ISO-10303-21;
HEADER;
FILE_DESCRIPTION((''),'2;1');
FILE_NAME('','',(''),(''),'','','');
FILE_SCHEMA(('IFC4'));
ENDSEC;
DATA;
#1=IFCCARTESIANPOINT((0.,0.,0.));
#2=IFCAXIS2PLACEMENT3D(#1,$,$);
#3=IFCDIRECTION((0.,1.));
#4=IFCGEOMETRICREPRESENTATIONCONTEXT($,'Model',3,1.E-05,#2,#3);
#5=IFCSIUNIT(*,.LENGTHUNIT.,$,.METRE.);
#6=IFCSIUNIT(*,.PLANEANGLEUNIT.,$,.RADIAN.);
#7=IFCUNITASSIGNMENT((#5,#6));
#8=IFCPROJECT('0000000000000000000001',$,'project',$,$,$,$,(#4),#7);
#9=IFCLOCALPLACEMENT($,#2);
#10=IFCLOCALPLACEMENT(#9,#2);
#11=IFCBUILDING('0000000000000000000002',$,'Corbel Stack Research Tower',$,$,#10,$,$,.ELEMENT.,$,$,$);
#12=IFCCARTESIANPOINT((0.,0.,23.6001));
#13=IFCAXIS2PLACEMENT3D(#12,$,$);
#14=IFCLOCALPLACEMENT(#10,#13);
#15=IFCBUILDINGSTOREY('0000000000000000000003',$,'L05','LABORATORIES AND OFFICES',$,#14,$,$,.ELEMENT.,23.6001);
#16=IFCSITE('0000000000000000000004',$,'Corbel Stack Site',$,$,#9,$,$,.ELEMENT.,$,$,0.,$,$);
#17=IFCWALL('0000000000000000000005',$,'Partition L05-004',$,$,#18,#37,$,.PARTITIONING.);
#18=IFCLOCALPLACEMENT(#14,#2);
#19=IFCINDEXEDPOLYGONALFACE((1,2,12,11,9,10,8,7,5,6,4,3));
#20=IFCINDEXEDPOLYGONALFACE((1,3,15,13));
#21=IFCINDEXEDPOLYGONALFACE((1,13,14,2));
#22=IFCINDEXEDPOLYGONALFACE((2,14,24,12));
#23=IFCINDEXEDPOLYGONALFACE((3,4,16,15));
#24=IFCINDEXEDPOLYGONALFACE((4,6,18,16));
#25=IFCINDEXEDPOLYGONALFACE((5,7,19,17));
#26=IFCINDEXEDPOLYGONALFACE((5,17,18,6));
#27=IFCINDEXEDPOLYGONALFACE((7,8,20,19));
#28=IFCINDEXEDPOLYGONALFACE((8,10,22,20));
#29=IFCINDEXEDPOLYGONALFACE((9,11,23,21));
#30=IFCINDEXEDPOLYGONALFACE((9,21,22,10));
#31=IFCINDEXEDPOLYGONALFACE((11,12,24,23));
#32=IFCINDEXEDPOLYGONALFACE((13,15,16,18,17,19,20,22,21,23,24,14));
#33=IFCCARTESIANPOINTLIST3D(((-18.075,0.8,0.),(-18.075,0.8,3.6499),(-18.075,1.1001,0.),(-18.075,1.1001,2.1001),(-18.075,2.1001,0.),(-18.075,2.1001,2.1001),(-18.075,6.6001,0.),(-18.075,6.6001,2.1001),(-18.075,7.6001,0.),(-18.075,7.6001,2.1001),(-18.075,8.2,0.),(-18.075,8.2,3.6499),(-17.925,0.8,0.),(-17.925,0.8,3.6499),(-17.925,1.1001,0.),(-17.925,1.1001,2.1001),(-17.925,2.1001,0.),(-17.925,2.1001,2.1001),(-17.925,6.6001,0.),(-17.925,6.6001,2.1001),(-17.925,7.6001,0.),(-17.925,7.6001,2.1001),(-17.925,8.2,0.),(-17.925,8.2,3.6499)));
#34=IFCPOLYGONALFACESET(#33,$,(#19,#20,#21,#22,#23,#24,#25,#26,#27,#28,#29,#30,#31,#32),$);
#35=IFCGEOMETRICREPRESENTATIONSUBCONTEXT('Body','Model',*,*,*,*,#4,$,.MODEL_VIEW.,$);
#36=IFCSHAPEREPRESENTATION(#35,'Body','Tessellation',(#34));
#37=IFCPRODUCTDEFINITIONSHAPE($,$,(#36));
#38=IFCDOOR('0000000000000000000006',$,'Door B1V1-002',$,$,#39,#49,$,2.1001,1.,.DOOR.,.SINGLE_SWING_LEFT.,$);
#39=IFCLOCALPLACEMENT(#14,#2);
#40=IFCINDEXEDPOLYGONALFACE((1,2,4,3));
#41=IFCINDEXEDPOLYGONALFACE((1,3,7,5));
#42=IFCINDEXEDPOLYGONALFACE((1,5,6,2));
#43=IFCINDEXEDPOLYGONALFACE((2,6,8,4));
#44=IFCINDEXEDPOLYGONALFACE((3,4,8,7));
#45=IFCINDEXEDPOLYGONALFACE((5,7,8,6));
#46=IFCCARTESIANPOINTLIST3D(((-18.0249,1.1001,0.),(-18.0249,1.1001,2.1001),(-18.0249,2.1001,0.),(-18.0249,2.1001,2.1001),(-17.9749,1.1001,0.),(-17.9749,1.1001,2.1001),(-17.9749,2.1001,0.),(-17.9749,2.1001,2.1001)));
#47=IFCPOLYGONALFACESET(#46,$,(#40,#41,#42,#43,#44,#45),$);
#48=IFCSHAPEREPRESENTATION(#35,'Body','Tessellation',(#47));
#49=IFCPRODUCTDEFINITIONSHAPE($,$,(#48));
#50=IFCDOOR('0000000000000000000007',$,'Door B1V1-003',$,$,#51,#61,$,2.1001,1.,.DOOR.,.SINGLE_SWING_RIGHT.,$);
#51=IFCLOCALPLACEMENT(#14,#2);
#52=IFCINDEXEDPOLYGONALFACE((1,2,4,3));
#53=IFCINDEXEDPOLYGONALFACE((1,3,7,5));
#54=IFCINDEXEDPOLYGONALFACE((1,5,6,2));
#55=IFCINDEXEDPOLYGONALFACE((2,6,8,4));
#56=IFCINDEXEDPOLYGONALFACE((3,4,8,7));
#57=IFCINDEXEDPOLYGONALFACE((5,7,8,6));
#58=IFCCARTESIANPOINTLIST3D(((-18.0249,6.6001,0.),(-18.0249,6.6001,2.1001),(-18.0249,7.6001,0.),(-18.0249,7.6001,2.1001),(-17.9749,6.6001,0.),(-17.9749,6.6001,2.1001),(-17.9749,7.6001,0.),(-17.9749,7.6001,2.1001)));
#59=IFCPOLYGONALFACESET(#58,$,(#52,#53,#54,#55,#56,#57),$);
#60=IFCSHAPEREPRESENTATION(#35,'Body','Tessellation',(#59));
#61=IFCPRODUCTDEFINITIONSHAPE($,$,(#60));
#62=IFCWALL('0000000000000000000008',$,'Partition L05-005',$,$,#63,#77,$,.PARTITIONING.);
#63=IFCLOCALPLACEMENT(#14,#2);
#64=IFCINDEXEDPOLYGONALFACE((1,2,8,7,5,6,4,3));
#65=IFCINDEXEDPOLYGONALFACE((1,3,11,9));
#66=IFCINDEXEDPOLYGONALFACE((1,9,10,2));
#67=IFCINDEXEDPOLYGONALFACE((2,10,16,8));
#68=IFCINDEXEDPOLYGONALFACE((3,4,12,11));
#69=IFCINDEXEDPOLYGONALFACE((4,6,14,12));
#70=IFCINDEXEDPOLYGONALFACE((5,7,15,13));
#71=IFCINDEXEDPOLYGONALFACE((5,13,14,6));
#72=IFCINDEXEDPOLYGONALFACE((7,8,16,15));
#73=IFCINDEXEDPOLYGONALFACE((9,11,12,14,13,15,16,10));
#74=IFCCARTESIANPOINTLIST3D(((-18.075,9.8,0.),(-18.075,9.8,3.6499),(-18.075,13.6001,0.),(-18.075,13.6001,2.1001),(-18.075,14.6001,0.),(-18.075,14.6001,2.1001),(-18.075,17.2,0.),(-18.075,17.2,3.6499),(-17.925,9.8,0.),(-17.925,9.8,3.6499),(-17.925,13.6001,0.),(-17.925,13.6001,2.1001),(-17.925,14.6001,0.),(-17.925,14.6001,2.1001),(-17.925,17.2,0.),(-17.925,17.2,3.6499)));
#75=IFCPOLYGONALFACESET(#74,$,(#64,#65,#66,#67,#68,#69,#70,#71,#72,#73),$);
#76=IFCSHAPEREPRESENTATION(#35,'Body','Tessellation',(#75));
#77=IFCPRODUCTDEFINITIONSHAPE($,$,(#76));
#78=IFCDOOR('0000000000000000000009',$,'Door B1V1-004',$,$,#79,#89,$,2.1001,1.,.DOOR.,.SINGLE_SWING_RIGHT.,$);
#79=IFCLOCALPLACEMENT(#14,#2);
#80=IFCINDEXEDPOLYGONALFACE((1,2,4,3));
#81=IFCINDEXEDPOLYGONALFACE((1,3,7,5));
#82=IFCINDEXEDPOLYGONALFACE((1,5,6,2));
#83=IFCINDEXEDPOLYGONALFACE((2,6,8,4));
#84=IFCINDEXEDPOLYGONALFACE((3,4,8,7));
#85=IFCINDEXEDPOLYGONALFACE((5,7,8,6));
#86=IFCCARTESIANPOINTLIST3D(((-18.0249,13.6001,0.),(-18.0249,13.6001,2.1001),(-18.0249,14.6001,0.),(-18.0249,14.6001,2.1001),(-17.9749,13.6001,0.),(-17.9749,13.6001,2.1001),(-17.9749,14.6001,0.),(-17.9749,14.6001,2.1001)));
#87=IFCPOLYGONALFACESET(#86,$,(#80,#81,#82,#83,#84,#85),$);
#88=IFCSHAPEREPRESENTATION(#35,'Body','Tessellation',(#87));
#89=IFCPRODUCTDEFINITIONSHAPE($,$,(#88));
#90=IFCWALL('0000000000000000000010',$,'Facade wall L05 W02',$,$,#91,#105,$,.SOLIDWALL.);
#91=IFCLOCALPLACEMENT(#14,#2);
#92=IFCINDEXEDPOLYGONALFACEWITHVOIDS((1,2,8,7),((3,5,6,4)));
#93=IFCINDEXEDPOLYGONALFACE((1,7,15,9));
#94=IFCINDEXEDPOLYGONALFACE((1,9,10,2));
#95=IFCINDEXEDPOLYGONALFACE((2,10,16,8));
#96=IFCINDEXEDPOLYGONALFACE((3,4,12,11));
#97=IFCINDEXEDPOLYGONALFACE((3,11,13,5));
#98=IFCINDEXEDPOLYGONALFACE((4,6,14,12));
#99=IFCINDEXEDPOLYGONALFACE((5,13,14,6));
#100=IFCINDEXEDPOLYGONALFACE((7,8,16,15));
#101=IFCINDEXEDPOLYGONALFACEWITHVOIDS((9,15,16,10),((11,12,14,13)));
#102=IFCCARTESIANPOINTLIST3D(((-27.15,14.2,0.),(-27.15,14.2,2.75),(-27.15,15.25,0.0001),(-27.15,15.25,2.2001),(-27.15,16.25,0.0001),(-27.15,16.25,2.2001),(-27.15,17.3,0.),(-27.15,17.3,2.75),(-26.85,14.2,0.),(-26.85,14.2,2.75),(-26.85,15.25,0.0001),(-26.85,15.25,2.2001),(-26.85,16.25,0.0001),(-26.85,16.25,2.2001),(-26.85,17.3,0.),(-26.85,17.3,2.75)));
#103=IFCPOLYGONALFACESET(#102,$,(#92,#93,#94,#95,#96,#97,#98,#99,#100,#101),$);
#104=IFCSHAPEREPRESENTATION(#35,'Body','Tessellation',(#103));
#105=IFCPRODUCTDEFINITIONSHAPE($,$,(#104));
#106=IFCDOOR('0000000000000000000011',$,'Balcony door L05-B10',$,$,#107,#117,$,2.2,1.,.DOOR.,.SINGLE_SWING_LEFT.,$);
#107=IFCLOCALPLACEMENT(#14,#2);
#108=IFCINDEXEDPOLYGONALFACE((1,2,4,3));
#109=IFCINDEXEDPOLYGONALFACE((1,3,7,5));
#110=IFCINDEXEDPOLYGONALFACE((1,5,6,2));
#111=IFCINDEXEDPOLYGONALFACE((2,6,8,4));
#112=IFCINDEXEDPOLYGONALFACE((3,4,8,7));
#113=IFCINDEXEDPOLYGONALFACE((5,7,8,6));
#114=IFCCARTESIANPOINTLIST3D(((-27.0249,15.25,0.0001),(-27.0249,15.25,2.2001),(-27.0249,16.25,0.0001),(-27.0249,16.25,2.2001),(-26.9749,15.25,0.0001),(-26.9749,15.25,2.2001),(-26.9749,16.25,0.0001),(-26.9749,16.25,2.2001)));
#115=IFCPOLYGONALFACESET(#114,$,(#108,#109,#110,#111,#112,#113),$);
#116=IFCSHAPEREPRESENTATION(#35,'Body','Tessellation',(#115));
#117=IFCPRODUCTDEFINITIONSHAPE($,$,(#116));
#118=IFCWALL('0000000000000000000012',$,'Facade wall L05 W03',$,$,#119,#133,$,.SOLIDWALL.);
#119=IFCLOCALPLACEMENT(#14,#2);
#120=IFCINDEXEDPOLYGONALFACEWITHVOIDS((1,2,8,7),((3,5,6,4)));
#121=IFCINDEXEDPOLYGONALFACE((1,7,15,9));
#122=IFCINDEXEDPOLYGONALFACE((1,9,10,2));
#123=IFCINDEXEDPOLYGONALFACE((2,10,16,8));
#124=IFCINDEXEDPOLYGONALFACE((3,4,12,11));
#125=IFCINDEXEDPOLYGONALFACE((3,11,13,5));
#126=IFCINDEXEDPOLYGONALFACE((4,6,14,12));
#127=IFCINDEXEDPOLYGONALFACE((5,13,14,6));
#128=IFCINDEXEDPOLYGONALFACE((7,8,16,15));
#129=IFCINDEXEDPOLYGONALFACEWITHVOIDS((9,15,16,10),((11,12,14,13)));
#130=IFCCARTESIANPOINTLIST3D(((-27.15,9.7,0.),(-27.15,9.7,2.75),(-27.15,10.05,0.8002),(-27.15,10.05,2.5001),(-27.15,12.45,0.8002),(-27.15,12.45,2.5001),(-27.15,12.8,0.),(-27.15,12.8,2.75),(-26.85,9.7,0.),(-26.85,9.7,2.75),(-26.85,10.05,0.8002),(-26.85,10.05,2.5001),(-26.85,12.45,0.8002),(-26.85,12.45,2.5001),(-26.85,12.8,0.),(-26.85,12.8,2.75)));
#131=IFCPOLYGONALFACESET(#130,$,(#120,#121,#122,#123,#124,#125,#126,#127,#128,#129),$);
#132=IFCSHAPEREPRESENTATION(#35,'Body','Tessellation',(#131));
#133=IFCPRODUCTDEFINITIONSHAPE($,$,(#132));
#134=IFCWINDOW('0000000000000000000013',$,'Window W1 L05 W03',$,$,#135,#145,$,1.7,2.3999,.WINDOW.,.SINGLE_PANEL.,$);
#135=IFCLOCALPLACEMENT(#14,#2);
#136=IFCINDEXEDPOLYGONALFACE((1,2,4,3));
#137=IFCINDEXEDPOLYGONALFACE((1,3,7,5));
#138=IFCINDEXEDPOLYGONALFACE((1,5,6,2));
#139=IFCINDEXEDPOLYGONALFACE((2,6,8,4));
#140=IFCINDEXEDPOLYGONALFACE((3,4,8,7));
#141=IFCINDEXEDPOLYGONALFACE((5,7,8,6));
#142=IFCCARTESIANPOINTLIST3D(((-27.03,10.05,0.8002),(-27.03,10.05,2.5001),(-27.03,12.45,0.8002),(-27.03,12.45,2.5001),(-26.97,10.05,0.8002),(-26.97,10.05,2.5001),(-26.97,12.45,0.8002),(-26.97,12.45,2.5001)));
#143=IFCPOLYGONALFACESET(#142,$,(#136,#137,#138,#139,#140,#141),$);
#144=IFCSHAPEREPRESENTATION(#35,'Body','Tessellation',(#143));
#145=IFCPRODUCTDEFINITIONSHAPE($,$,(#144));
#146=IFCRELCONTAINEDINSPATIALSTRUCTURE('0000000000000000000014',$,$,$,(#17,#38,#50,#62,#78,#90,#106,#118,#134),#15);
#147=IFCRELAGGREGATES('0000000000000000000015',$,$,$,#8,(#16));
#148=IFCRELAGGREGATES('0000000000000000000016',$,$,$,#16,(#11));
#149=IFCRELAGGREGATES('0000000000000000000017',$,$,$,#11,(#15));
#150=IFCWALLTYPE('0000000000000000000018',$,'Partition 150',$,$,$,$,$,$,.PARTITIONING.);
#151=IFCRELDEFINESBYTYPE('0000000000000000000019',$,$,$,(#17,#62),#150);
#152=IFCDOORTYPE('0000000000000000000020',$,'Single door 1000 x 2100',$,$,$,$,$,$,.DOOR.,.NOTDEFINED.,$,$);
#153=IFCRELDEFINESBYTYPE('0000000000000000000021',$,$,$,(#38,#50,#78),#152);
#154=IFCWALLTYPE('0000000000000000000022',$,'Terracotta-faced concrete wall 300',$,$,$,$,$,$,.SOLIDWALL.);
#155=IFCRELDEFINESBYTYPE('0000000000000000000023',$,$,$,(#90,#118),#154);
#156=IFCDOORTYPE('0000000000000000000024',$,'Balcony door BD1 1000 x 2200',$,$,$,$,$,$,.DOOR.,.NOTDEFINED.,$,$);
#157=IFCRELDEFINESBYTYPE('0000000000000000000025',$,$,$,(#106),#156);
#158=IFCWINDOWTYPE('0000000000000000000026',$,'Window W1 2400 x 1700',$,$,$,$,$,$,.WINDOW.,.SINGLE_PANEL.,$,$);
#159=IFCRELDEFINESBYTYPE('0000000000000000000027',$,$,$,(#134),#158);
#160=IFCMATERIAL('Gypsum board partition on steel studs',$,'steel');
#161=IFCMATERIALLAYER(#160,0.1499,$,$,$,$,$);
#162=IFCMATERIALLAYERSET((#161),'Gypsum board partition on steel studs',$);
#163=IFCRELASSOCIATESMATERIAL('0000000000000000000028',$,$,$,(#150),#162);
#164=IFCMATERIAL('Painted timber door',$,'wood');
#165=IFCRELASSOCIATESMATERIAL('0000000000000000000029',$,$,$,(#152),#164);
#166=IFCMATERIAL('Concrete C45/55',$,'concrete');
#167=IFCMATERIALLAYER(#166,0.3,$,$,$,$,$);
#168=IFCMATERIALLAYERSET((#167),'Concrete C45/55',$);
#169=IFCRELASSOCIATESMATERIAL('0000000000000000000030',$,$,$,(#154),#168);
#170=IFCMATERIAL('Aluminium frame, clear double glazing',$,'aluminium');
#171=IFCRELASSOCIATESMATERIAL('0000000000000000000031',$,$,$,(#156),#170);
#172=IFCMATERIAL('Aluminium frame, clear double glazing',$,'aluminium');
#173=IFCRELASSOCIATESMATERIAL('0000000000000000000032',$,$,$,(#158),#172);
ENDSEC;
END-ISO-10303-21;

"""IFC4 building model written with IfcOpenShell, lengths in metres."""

from ifc_helpers import new_model, si_unit, direction, frame, frame_2d, origin, place, context, subcontext, project, spatial, rectangle, extrude, material, layer, layer_set, type_object, element, fill, save


model = new_model("IFC4")

# Units and contexts
model_context = context("Model", 3, precision=1e-05, world=origin(), true_north=direction((0.0, 1.0)))
body_context = subcontext(model_context, "Body", "Model", "MODEL_VIEW")
ifc_project = project(units=[si_unit("LENGTHUNIT", "METRE"), si_unit("PLANEANGLEUNIT", "RADIAN")], contexts=[model_context])

# Site, building, storey
site_placement = place(None, origin())
site = spatial("IfcSite", under=ifc_project, at=site_placement, Name="Corbel Stack Site", CompositionType="ELEMENT", RefElevation=0.0)
building_placement = place(site_placement, origin())
building = spatial("IfcBuilding", under=site, at=building_placement, Name="Corbel Stack Research Tower", CompositionType="ELEMENT")
storey_placement = place(building_placement, frame((0.0, 0.0, 23.6001)))
storey = spatial("IfcBuildingStorey", under=building, at=storey_placement, Name="L05", Description="LABORATORIES AND OFFICES", CompositionType="ELEMENT", Elevation=23.6001)

# Wall, openings, doors
ifc_material_1 = material(Name="Gypsum board partition on steel studs", Category="steel")
ifc_layer_1 = layer(ifc_material_1, 0.1499)
ifc_layer_set_1 = layer_set([ifc_layer_1], Name="Gypsum board partition on steel studs")
wall_type_1 = type_object("IfcWallType", Name="Partition 150", PredefinedType="PARTITIONING", material=ifc_layer_set_1)
wall_1_placement = place(storey_placement, frame((-18.0, 0.8, 0.0), z_axis=(0.0, 0.0, 1.0), x_axis=(0.0, 1.0, 0.0)))
wall_1 = element("IfcWall", 1, at=wall_1_placement, inside=storey, type_object=wall_type_1, Name="Partition L05-004", PredefinedType="PARTITIONING", context=body_context, shape_type="SweptSolid", body=[
    extrude(rectangle(XDim=7.3999, YDim=0.1499, at=frame_2d((3.7, 0.0))), origin(), (0.0, 0.0, 1.0), 3.6499),
])
opening_1_placement = place(wall_1_placement, frame((0.3, 0.0, 0.0)))
opening_1 = element("IfcOpeningElement", 2, at=opening_1_placement, cuts=wall_1, PredefinedType="OPENING", context=body_context, shape_type="SweptSolid", body=[
    extrude(rectangle(XDim=1.0, YDim=2.1001, at=frame_2d((0.5, 1.05))), frame((0.0, 0.085, 0.0), z_axis=(0.0, -1.0, 0.0), x_axis=(1.0, 0.0, 0.0)), (0.0, 0.0, 1.0), 0.1699),
])
opening_2_placement = place(wall_1_placement, frame((5.8, 0.0, 0.0)))
opening_2 = element("IfcOpeningElement", 3, at=opening_2_placement, cuts=wall_1, PredefinedType="OPENING", context=body_context, shape_type="SweptSolid", body=[
    extrude(rectangle(XDim=1.0, YDim=2.1001, at=frame_2d((0.5, 1.05))), frame((0.0, 0.085, 0.0), z_axis=(0.0, -1.0, 0.0), x_axis=(1.0, 0.0, 0.0)), (0.0, 0.0, 1.0), 0.1699),
])
ifc_material_2 = material(Name="Painted timber door", Category="wood")
door_type_1 = type_object("IfcDoorType", Name="Single door 1000 x 2100", OperationType="NOTDEFINED", PredefinedType="DOOR", material=ifc_material_2)
door_1_placement = place(opening_1_placement, origin())
door_1 = element("IfcDoor", 4, at=door_1_placement, inside=storey, type_object=door_type_1, Name="Door B1V1-002", OperationType="SINGLE_SWING_LEFT", OverallHeight=2.1001, OverallWidth=1.0, PredefinedType="DOOR", context=body_context, shape_type="SweptSolid", body=[
    extrude(rectangle(XDim=1.0, YDim=2.1001, at=frame_2d((0.5, 1.05))), frame((0.0, 0.0249, 0.0), z_axis=(0.0, -1.0, 0.0), x_axis=(1.0, 0.0, 0.0)), (0.0, 0.0, 1.0), 0.05),
])
fill(opening_1, door_1)
door_2_placement = place(opening_2_placement, origin())
door_2 = element("IfcDoor", 5, at=door_2_placement, inside=storey, type_object=door_type_1, Name="Door B1V1-003", OperationType="SINGLE_SWING_RIGHT", OverallHeight=2.1001, OverallWidth=1.0, PredefinedType="DOOR", context=body_context, shape_type="SweptSolid", body=[
    extrude(rectangle(XDim=1.0, YDim=2.1001, at=frame_2d((0.5, 1.05))), frame((0.0, 0.0249, 0.0), z_axis=(0.0, -1.0, 0.0), x_axis=(1.0, 0.0, 0.0)), (0.0, 0.0, 1.0), 0.05),
])
fill(opening_2, door_2)

# Walls, openings, doors
wall_2_placement = place(storey_placement, frame((-18.0, 9.8, 0.0), z_axis=(0.0, 0.0, 1.0), x_axis=(0.0, 1.0, 0.0)))
wall_2 = element("IfcWall", 6, at=wall_2_placement, inside=storey, type_object=wall_type_1, Name="Partition L05-005", PredefinedType="PARTITIONING", context=body_context, shape_type="SweptSolid", body=[
    extrude(rectangle(XDim=7.3999, YDim=0.1499, at=frame_2d((3.7, 0.0))), origin(), (0.0, 0.0, 1.0), 3.6499),
])
opening_3_placement = place(wall_2_placement, frame((3.8, 0.0, 0.0)))
opening_3 = element("IfcOpeningElement", 7, at=opening_3_placement, cuts=wall_2, PredefinedType="OPENING", context=body_context, shape_type="SweptSolid", body=[
    extrude(rectangle(XDim=1.0, YDim=2.1001, at=frame_2d((0.5, 1.05))), frame((0.0, 0.085, 0.0), z_axis=(0.0, -1.0, 0.0), x_axis=(1.0, 0.0, 0.0)), (0.0, 0.0, 1.0), 0.1699),
])
door_3_placement = place(opening_3_placement, origin())
door_3 = element("IfcDoor", 8, at=door_3_placement, inside=storey, type_object=door_type_1, Name="Door B1V1-004", OperationType="SINGLE_SWING_RIGHT", OverallHeight=2.1001, OverallWidth=1.0, PredefinedType="DOOR", context=body_context, shape_type="SweptSolid", body=[
    extrude(rectangle(XDim=1.0, YDim=2.1001, at=frame_2d((0.5, 1.05))), frame((0.0, 0.0249, 0.0), z_axis=(0.0, -1.0, 0.0), x_axis=(1.0, 0.0, 0.0)), (0.0, 0.0, 1.0), 0.05),
])
fill(opening_3, door_3)
ifc_material_3 = material(Name="Concrete C45/55", Category="concrete")
ifc_layer_2 = layer(ifc_material_3, 0.3)
ifc_layer_set_2 = layer_set([ifc_layer_2], Name="Concrete C45/55")
wall_type_2 = type_object("IfcWallType", Name="Terracotta-faced concrete wall 300", PredefinedType="SOLIDWALL", material=ifc_layer_set_2)
wall_3_placement = place(storey_placement, frame((-27.0, 14.2, 0.0), z_axis=(0.0, 0.0, 1.0), x_axis=(0.0, 1.0, 0.0)))
wall_3 = element("IfcWall", 9, at=wall_3_placement, inside=storey, type_object=wall_type_2, Name="Facade wall L05 W02", PredefinedType="SOLIDWALL", context=body_context, shape_type="SweptSolid", body=[
    extrude(rectangle(XDim=3.1001, YDim=0.3, at=frame_2d((1.55, 0.0))), origin(), (0.0, 0.0, 1.0), 2.75),
])
opening_4_placement = place(wall_3_placement, frame((1.05, 0.0, 0.0)))
opening_4 = element("IfcOpeningElement", 10, at=opening_4_placement, cuts=wall_3, PredefinedType="OPENING", context=body_context, shape_type="SweptSolid", body=[
    extrude(rectangle(XDim=1.0, YDim=2.2, at=frame_2d((0.5, 1.1001))), frame((0.0, 0.1599, 0.0), z_axis=(0.0, -1.0, 0.0), x_axis=(1.0, 0.0, 0.0)), (0.0, 0.0, 1.0), 0.3201),
])
ifc_material_4 = material(Name="Aluminium frame, clear double glazing", Category="aluminium")
door_type_2 = type_object("IfcDoorType", Name="Balcony door BD1 1000 x 2200", OperationType="NOTDEFINED", PredefinedType="DOOR", material=ifc_material_4)
door_4_placement = place(opening_4_placement, origin())
door_4 = element("IfcDoor", 11, at=door_4_placement, inside=storey, type_object=door_type_2, Name="Balcony door L05-B10", OperationType="SINGLE_SWING_LEFT", OverallHeight=2.2, OverallWidth=1.0, PredefinedType="DOOR", context=body_context, shape_type="SweptSolid", body=[
    extrude(rectangle(XDim=1.0, YDim=2.2, at=frame_2d((0.5, 1.1001))), frame((0.0, 0.0249, 0.0), z_axis=(0.0, -1.0, 0.0), x_axis=(1.0, 0.0, 0.0)), (0.0, 0.0, 1.0), 0.05),
])
fill(opening_4, door_4)

# Wall, opening, window
wall_4_placement = place(storey_placement, frame((-27.0, 9.7, 0.0), z_axis=(0.0, 0.0, 1.0), x_axis=(0.0, 1.0, 0.0)))
wall_4 = element("IfcWall", 12, at=wall_4_placement, inside=storey, type_object=wall_type_2, Name="Facade wall L05 W03", PredefinedType="SOLIDWALL", context=body_context, shape_type="SweptSolid", body=[
    extrude(rectangle(XDim=3.1001, YDim=0.3, at=frame_2d((1.55, 0.0))), origin(), (0.0, 0.0, 1.0), 2.75),
])
opening_5_placement = place(wall_4_placement, frame((0.3501, 0.0, 0.8)))
opening_5 = element("IfcOpeningElement", 13, at=opening_5_placement, cuts=wall_4, PredefinedType="OPENING", context=body_context, shape_type="SweptSolid", body=[
    extrude(rectangle(XDim=2.3999, YDim=1.7, at=frame_2d((1.2, 0.8501))), frame((0.0, 0.1599, 0.0), z_axis=(0.0, -1.0, 0.0), x_axis=(1.0, 0.0, 0.0)), (0.0, 0.0, 1.0), 0.3201),
])
ifc_material_5 = material(Name="Aluminium frame, clear double glazing", Category="aluminium")
window_type = type_object("IfcWindowType", Name="Window W1 2400 x 1700", PartitioningType="SINGLE_PANEL", PredefinedType="WINDOW", material=ifc_material_5)
window_1_placement = place(opening_5_placement, origin())
window_1 = element("IfcWindow", 14, at=window_1_placement, inside=storey, type_object=window_type, Name="Window W1 L05 W03", OverallHeight=1.7, OverallWidth=2.3999, PartitioningType="SINGLE_PANEL", PredefinedType="WINDOW", context=body_context, shape_type="SweptSolid", body=[
    extrude(rectangle(XDim=2.3999, YDim=1.7, at=frame_2d((1.2, 0.8501))), frame((0.0, 0.03, 0.0), z_axis=(0.0, -1.0, 0.0), x_axis=(1.0, 0.0, 0.0)), (0.0, 0.0, 1.0), 0.0601),
])
fill(opening_5, window_1)

save(model, "model.ifc")
